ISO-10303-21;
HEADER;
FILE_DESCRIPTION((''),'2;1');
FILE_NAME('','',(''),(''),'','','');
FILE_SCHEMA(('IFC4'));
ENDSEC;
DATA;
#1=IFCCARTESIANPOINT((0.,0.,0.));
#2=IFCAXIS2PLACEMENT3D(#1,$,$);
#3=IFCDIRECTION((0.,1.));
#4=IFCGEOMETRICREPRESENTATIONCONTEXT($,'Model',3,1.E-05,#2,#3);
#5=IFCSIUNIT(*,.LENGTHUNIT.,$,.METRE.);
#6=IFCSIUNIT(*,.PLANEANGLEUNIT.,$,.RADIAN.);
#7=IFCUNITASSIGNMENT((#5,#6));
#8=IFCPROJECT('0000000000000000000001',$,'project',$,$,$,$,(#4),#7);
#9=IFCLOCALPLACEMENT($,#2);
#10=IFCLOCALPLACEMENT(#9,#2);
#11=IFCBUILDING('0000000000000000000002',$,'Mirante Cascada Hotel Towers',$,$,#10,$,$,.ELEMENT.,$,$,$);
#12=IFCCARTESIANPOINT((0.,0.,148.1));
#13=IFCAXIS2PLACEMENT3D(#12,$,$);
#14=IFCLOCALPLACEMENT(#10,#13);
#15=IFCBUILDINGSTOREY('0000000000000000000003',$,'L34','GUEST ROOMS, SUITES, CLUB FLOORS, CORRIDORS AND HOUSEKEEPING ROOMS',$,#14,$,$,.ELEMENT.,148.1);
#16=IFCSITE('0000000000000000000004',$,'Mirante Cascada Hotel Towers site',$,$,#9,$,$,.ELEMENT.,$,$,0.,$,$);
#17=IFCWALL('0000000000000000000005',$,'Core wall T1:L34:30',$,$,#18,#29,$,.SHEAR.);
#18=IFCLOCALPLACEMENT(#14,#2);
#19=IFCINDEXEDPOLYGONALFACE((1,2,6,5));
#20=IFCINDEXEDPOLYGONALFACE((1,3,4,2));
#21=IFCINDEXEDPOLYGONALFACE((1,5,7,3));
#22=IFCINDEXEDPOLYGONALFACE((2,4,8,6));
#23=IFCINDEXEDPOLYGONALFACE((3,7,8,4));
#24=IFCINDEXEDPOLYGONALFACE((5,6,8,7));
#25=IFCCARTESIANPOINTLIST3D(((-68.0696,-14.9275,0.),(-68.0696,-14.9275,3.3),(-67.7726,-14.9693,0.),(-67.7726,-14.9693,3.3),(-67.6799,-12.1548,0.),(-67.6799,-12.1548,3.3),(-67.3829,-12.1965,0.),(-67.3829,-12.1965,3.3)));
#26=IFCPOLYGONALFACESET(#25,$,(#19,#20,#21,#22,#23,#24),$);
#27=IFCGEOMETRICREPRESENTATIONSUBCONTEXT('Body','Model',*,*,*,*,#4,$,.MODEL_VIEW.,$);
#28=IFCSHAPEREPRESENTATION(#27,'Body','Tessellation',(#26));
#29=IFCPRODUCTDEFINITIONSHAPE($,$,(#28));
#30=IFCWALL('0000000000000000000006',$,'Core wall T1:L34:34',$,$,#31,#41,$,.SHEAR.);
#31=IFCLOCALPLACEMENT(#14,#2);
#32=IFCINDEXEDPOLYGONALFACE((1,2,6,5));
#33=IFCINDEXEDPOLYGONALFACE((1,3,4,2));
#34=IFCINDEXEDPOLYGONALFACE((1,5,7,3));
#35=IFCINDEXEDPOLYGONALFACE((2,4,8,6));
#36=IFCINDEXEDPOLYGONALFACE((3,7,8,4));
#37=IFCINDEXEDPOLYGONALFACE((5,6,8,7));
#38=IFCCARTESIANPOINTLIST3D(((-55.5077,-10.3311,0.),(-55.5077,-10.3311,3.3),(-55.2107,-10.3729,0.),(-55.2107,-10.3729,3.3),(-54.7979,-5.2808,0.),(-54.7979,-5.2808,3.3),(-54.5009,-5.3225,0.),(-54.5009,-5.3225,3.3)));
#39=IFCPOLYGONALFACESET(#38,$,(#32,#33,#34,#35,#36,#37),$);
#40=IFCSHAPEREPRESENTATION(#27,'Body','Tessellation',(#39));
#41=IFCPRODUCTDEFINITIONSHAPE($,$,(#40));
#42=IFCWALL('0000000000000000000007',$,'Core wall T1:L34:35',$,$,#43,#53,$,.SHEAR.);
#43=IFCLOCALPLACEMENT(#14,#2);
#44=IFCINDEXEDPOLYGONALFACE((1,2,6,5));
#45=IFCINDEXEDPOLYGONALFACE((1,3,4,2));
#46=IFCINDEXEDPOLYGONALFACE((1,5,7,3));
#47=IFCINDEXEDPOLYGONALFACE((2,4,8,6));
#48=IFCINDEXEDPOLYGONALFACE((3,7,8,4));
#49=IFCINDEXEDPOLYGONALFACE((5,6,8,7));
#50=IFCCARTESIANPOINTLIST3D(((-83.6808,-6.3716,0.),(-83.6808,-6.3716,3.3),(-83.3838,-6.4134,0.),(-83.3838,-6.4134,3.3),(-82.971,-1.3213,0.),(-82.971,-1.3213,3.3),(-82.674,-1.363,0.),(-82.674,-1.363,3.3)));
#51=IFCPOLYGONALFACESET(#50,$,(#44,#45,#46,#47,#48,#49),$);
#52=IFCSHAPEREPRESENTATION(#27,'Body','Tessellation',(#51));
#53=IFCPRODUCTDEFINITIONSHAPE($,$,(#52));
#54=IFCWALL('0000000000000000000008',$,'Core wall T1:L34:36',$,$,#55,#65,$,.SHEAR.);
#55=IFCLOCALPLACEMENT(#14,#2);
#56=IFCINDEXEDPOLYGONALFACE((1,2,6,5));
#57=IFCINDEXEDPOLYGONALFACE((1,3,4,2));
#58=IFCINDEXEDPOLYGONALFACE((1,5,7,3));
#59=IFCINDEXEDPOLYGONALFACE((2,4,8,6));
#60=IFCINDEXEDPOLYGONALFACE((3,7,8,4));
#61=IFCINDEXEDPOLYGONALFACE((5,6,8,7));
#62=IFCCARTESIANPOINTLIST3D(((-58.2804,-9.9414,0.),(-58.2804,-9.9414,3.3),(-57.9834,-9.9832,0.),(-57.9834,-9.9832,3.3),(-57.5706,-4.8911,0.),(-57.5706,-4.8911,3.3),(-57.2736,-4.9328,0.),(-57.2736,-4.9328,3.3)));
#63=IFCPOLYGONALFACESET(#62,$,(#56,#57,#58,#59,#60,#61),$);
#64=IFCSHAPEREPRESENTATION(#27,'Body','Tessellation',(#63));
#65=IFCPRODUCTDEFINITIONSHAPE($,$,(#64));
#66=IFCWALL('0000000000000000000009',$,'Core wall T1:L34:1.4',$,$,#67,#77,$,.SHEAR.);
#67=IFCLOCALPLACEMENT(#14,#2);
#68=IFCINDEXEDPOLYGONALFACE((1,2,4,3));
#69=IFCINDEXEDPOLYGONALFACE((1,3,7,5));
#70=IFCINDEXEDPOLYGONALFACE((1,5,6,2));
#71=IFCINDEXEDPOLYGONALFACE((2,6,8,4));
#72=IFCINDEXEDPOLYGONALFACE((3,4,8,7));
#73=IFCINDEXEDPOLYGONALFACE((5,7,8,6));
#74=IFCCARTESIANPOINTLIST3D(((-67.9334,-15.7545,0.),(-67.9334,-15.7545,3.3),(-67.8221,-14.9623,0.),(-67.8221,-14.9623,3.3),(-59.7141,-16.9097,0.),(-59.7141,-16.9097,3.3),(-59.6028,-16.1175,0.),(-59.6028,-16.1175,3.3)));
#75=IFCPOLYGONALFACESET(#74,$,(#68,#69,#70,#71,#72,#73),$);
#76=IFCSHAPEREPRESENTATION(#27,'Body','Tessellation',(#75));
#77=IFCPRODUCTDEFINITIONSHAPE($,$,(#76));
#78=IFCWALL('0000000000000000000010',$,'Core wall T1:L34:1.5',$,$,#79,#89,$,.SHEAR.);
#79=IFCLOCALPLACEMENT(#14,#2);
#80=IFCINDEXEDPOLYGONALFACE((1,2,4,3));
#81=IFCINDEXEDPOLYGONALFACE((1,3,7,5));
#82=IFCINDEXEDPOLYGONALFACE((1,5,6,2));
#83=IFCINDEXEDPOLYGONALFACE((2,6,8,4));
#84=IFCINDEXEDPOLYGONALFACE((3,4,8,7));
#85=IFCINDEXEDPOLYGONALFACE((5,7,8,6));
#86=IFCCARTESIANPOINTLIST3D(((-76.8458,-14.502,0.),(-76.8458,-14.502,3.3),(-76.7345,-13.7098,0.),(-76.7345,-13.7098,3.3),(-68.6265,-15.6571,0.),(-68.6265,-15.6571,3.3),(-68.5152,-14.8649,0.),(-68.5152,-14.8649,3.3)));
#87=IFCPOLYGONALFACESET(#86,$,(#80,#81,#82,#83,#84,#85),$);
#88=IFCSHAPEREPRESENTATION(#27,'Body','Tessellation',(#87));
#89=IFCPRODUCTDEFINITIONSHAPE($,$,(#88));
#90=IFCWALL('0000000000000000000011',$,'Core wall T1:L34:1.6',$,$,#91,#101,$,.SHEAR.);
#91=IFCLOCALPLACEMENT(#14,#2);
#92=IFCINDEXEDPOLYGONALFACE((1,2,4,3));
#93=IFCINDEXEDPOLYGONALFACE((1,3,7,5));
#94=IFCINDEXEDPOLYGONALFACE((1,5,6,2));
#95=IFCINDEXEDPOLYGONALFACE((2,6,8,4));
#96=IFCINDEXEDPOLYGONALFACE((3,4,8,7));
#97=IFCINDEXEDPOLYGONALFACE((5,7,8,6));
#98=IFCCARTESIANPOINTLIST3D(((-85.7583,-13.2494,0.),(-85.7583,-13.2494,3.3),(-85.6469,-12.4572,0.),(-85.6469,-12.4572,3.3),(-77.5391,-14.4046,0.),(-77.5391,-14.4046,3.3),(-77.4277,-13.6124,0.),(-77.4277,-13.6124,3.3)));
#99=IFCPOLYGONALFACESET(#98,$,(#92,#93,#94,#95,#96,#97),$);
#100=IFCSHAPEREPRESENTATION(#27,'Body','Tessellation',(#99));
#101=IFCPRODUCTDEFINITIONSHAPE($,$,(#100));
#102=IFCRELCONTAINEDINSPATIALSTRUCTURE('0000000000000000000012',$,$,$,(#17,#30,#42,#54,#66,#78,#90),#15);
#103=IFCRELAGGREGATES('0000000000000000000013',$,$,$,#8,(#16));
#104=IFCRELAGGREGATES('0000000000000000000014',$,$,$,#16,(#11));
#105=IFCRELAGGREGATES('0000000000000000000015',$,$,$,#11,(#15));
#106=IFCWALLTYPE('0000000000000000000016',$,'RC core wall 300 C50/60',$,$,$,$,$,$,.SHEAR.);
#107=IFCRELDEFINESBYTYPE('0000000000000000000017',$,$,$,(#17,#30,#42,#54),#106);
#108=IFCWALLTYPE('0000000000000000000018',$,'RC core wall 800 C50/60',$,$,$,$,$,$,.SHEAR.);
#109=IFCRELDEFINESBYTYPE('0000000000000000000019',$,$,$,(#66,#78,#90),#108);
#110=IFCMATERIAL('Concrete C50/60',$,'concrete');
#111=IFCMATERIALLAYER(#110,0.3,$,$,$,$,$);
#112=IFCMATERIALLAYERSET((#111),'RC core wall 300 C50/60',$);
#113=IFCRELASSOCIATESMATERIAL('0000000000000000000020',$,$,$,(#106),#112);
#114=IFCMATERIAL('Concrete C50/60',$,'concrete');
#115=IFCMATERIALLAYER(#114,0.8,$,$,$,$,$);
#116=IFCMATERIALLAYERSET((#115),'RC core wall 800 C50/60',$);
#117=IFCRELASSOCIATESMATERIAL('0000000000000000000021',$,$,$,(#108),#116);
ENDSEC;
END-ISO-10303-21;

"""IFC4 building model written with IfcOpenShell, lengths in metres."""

from ifc_helpers import new_model, si_unit, direction, frame, frame_2d, origin, place, context, subcontext, project, spatial, rectangle, extrude, material, layer, layer_set, type_object, element, save


model = new_model("IFC4")

# Units and contexts
model_context = context("Model", 3, precision=1e-05, world=origin(), true_north=direction((0.0, 1.0)))
body_context = subcontext(model_context, "Body", "Model", "MODEL_VIEW")
ifc_project = project(units=[si_unit("LENGTHUNIT", "METRE"), si_unit("PLANEANGLEUNIT", "RADIAN")], contexts=[model_context])

# Site, building, storey
site_placement = place(None, origin())
site = spatial("IfcSite", under=ifc_project, at=site_placement, Name="Mirante Cascada Hotel Towers site", CompositionType="ELEMENT", RefElevation=0.0)
building_placement = place(site_placement, origin())
building = spatial("IfcBuilding", under=site, at=building_placement, Name="Mirante Cascada Hotel Towers", CompositionType="ELEMENT")
storey_placement = place(building_placement, frame((0.0, 0.0, 148.1)))
storey = spatial("IfcBuildingStorey", under=building, at=storey_placement, Name="L34", Description="GUEST ROOMS, SUITES, CLUB FLOORS, CORRIDORS AND HOUSEKEEPING ROOMS", CompositionType="ELEMENT", Elevation=148.1)

# Shared definitions
ifc_material_1 = material(Name="Concrete C50/60", Category="concrete")
ifc_layer_1 = layer(ifc_material_1, 0.3)
ifc_layer_set_1 = layer_set([ifc_layer_1], Name="RC core wall 300 C50/60")
wall_type_1 = type_object("IfcWallType", Name="RC core wall 300 C50/60", PredefinedType="SHEAR", material=ifc_layer_set_1)

# Walls
wall_1_placement = place(storey_placement, frame((-67.9211, -14.9484, 0.0), z_axis=(0.0, 0.0, 1.0), x_axis=(0.139181, 0.990267, 0.0)))
element("IfcWall", 1, at=wall_1_placement, inside=storey, type_object=wall_type_1, Name="Core wall T1:L34:30", PredefinedType="SHEAR", context=body_context, shape_type="SweptSolid", body=[
    extrude(rectangle(XDim=2.8, YDim=0.3, at=frame_2d((1.4, 0.0))), origin(), (0.0, 0.0, 1.0), 3.3),
])
for number, where, z_axis, x_axis, name in (
    (2, (-55.3592, -10.352, 0.0), (0.0, 0.0, 1.0), (0.139176, 0.990268, 0.0), "Core wall T1:L34:34"),
    (3, (-83.5323, -6.3925, 0.0), (0.0, 0.0, 1.0), (0.139176, 0.990268, 0.0), "Core wall T1:L34:35"),
    (4, (-58.1319, -9.9623, 0.0), (0.0, 0.0, 1.0), (0.139176, 0.990268, 0.0), "Core wall T1:L34:36"),
):
    element("IfcWall", number, at=place(storey_placement, frame(where, z_axis=z_axis, x_axis=x_axis)), inside=storey, type_object=wall_type_1, Name=name, PredefinedType="SHEAR", context=body_context, shape_type="SweptSolid", body=[
        extrude(rectangle(XDim=5.1, YDim=0.3, at=frame_2d((2.55, 0.0))), origin(), (0.0, 0.0, 1.0), 3.3),
    ])
ifc_material_2 = material(Name="Concrete C50/60", Category="concrete")
ifc_layer_2 = layer(ifc_material_2, 0.8)
ifc_layer_set_2 = layer_set([ifc_layer_2], Name="RC core wall 800 C50/60")
wall_type_2 = type_object("IfcWallType", Name="RC core wall 800 C50/60", PredefinedType="SHEAR", material=ifc_layer_set_2)
for number, where, z_axis, x_axis, name in (
    (5, (-59.6585, -16.5136, 0.0), (0.0, 0.0, 1.0), (-0.990267, 0.139179, 0.0), "Core wall T1:L34:1.4"),
    (6, (-68.5709, -15.261, 0.0), (0.0, 0.0, 1.0), (-0.990269, 0.139167, 0.0), "Core wall T1:L34:1.5"),
):
    element("IfcWall", number, at=place(storey_placement, frame(where, z_axis=z_axis, x_axis=x_axis)), inside=storey, type_object=wall_type_2, Name=name, PredefinedType="SHEAR", context=body_context, shape_type="SweptSolid", body=[
        extrude(rectangle(XDim=8.3001, YDim=0.8, at=frame_2d((4.15, 0.0))), origin(), (0.0, 0.0, 1.0), 3.3),
    ])
wall_2_placement = place(storey_placement, frame((-77.4834, -14.0085, 0.0), z_axis=(0.0, 0.0, 1.0), x_axis=(-0.990267, 0.139181, 0.0)))
element("IfcWall", 7, at=wall_2_placement, inside=storey, type_object=wall_type_2, Name="Core wall T1:L34:1.6", PredefinedType="SHEAR", context=body_context, shape_type="SweptSolid", body=[
    extrude(rectangle(XDim=8.3, YDim=0.8, at=frame_2d((4.15, 0.0))), origin(), (0.0, 0.0, 1.0), 3.3),
])

save(model, "model.ifc")
